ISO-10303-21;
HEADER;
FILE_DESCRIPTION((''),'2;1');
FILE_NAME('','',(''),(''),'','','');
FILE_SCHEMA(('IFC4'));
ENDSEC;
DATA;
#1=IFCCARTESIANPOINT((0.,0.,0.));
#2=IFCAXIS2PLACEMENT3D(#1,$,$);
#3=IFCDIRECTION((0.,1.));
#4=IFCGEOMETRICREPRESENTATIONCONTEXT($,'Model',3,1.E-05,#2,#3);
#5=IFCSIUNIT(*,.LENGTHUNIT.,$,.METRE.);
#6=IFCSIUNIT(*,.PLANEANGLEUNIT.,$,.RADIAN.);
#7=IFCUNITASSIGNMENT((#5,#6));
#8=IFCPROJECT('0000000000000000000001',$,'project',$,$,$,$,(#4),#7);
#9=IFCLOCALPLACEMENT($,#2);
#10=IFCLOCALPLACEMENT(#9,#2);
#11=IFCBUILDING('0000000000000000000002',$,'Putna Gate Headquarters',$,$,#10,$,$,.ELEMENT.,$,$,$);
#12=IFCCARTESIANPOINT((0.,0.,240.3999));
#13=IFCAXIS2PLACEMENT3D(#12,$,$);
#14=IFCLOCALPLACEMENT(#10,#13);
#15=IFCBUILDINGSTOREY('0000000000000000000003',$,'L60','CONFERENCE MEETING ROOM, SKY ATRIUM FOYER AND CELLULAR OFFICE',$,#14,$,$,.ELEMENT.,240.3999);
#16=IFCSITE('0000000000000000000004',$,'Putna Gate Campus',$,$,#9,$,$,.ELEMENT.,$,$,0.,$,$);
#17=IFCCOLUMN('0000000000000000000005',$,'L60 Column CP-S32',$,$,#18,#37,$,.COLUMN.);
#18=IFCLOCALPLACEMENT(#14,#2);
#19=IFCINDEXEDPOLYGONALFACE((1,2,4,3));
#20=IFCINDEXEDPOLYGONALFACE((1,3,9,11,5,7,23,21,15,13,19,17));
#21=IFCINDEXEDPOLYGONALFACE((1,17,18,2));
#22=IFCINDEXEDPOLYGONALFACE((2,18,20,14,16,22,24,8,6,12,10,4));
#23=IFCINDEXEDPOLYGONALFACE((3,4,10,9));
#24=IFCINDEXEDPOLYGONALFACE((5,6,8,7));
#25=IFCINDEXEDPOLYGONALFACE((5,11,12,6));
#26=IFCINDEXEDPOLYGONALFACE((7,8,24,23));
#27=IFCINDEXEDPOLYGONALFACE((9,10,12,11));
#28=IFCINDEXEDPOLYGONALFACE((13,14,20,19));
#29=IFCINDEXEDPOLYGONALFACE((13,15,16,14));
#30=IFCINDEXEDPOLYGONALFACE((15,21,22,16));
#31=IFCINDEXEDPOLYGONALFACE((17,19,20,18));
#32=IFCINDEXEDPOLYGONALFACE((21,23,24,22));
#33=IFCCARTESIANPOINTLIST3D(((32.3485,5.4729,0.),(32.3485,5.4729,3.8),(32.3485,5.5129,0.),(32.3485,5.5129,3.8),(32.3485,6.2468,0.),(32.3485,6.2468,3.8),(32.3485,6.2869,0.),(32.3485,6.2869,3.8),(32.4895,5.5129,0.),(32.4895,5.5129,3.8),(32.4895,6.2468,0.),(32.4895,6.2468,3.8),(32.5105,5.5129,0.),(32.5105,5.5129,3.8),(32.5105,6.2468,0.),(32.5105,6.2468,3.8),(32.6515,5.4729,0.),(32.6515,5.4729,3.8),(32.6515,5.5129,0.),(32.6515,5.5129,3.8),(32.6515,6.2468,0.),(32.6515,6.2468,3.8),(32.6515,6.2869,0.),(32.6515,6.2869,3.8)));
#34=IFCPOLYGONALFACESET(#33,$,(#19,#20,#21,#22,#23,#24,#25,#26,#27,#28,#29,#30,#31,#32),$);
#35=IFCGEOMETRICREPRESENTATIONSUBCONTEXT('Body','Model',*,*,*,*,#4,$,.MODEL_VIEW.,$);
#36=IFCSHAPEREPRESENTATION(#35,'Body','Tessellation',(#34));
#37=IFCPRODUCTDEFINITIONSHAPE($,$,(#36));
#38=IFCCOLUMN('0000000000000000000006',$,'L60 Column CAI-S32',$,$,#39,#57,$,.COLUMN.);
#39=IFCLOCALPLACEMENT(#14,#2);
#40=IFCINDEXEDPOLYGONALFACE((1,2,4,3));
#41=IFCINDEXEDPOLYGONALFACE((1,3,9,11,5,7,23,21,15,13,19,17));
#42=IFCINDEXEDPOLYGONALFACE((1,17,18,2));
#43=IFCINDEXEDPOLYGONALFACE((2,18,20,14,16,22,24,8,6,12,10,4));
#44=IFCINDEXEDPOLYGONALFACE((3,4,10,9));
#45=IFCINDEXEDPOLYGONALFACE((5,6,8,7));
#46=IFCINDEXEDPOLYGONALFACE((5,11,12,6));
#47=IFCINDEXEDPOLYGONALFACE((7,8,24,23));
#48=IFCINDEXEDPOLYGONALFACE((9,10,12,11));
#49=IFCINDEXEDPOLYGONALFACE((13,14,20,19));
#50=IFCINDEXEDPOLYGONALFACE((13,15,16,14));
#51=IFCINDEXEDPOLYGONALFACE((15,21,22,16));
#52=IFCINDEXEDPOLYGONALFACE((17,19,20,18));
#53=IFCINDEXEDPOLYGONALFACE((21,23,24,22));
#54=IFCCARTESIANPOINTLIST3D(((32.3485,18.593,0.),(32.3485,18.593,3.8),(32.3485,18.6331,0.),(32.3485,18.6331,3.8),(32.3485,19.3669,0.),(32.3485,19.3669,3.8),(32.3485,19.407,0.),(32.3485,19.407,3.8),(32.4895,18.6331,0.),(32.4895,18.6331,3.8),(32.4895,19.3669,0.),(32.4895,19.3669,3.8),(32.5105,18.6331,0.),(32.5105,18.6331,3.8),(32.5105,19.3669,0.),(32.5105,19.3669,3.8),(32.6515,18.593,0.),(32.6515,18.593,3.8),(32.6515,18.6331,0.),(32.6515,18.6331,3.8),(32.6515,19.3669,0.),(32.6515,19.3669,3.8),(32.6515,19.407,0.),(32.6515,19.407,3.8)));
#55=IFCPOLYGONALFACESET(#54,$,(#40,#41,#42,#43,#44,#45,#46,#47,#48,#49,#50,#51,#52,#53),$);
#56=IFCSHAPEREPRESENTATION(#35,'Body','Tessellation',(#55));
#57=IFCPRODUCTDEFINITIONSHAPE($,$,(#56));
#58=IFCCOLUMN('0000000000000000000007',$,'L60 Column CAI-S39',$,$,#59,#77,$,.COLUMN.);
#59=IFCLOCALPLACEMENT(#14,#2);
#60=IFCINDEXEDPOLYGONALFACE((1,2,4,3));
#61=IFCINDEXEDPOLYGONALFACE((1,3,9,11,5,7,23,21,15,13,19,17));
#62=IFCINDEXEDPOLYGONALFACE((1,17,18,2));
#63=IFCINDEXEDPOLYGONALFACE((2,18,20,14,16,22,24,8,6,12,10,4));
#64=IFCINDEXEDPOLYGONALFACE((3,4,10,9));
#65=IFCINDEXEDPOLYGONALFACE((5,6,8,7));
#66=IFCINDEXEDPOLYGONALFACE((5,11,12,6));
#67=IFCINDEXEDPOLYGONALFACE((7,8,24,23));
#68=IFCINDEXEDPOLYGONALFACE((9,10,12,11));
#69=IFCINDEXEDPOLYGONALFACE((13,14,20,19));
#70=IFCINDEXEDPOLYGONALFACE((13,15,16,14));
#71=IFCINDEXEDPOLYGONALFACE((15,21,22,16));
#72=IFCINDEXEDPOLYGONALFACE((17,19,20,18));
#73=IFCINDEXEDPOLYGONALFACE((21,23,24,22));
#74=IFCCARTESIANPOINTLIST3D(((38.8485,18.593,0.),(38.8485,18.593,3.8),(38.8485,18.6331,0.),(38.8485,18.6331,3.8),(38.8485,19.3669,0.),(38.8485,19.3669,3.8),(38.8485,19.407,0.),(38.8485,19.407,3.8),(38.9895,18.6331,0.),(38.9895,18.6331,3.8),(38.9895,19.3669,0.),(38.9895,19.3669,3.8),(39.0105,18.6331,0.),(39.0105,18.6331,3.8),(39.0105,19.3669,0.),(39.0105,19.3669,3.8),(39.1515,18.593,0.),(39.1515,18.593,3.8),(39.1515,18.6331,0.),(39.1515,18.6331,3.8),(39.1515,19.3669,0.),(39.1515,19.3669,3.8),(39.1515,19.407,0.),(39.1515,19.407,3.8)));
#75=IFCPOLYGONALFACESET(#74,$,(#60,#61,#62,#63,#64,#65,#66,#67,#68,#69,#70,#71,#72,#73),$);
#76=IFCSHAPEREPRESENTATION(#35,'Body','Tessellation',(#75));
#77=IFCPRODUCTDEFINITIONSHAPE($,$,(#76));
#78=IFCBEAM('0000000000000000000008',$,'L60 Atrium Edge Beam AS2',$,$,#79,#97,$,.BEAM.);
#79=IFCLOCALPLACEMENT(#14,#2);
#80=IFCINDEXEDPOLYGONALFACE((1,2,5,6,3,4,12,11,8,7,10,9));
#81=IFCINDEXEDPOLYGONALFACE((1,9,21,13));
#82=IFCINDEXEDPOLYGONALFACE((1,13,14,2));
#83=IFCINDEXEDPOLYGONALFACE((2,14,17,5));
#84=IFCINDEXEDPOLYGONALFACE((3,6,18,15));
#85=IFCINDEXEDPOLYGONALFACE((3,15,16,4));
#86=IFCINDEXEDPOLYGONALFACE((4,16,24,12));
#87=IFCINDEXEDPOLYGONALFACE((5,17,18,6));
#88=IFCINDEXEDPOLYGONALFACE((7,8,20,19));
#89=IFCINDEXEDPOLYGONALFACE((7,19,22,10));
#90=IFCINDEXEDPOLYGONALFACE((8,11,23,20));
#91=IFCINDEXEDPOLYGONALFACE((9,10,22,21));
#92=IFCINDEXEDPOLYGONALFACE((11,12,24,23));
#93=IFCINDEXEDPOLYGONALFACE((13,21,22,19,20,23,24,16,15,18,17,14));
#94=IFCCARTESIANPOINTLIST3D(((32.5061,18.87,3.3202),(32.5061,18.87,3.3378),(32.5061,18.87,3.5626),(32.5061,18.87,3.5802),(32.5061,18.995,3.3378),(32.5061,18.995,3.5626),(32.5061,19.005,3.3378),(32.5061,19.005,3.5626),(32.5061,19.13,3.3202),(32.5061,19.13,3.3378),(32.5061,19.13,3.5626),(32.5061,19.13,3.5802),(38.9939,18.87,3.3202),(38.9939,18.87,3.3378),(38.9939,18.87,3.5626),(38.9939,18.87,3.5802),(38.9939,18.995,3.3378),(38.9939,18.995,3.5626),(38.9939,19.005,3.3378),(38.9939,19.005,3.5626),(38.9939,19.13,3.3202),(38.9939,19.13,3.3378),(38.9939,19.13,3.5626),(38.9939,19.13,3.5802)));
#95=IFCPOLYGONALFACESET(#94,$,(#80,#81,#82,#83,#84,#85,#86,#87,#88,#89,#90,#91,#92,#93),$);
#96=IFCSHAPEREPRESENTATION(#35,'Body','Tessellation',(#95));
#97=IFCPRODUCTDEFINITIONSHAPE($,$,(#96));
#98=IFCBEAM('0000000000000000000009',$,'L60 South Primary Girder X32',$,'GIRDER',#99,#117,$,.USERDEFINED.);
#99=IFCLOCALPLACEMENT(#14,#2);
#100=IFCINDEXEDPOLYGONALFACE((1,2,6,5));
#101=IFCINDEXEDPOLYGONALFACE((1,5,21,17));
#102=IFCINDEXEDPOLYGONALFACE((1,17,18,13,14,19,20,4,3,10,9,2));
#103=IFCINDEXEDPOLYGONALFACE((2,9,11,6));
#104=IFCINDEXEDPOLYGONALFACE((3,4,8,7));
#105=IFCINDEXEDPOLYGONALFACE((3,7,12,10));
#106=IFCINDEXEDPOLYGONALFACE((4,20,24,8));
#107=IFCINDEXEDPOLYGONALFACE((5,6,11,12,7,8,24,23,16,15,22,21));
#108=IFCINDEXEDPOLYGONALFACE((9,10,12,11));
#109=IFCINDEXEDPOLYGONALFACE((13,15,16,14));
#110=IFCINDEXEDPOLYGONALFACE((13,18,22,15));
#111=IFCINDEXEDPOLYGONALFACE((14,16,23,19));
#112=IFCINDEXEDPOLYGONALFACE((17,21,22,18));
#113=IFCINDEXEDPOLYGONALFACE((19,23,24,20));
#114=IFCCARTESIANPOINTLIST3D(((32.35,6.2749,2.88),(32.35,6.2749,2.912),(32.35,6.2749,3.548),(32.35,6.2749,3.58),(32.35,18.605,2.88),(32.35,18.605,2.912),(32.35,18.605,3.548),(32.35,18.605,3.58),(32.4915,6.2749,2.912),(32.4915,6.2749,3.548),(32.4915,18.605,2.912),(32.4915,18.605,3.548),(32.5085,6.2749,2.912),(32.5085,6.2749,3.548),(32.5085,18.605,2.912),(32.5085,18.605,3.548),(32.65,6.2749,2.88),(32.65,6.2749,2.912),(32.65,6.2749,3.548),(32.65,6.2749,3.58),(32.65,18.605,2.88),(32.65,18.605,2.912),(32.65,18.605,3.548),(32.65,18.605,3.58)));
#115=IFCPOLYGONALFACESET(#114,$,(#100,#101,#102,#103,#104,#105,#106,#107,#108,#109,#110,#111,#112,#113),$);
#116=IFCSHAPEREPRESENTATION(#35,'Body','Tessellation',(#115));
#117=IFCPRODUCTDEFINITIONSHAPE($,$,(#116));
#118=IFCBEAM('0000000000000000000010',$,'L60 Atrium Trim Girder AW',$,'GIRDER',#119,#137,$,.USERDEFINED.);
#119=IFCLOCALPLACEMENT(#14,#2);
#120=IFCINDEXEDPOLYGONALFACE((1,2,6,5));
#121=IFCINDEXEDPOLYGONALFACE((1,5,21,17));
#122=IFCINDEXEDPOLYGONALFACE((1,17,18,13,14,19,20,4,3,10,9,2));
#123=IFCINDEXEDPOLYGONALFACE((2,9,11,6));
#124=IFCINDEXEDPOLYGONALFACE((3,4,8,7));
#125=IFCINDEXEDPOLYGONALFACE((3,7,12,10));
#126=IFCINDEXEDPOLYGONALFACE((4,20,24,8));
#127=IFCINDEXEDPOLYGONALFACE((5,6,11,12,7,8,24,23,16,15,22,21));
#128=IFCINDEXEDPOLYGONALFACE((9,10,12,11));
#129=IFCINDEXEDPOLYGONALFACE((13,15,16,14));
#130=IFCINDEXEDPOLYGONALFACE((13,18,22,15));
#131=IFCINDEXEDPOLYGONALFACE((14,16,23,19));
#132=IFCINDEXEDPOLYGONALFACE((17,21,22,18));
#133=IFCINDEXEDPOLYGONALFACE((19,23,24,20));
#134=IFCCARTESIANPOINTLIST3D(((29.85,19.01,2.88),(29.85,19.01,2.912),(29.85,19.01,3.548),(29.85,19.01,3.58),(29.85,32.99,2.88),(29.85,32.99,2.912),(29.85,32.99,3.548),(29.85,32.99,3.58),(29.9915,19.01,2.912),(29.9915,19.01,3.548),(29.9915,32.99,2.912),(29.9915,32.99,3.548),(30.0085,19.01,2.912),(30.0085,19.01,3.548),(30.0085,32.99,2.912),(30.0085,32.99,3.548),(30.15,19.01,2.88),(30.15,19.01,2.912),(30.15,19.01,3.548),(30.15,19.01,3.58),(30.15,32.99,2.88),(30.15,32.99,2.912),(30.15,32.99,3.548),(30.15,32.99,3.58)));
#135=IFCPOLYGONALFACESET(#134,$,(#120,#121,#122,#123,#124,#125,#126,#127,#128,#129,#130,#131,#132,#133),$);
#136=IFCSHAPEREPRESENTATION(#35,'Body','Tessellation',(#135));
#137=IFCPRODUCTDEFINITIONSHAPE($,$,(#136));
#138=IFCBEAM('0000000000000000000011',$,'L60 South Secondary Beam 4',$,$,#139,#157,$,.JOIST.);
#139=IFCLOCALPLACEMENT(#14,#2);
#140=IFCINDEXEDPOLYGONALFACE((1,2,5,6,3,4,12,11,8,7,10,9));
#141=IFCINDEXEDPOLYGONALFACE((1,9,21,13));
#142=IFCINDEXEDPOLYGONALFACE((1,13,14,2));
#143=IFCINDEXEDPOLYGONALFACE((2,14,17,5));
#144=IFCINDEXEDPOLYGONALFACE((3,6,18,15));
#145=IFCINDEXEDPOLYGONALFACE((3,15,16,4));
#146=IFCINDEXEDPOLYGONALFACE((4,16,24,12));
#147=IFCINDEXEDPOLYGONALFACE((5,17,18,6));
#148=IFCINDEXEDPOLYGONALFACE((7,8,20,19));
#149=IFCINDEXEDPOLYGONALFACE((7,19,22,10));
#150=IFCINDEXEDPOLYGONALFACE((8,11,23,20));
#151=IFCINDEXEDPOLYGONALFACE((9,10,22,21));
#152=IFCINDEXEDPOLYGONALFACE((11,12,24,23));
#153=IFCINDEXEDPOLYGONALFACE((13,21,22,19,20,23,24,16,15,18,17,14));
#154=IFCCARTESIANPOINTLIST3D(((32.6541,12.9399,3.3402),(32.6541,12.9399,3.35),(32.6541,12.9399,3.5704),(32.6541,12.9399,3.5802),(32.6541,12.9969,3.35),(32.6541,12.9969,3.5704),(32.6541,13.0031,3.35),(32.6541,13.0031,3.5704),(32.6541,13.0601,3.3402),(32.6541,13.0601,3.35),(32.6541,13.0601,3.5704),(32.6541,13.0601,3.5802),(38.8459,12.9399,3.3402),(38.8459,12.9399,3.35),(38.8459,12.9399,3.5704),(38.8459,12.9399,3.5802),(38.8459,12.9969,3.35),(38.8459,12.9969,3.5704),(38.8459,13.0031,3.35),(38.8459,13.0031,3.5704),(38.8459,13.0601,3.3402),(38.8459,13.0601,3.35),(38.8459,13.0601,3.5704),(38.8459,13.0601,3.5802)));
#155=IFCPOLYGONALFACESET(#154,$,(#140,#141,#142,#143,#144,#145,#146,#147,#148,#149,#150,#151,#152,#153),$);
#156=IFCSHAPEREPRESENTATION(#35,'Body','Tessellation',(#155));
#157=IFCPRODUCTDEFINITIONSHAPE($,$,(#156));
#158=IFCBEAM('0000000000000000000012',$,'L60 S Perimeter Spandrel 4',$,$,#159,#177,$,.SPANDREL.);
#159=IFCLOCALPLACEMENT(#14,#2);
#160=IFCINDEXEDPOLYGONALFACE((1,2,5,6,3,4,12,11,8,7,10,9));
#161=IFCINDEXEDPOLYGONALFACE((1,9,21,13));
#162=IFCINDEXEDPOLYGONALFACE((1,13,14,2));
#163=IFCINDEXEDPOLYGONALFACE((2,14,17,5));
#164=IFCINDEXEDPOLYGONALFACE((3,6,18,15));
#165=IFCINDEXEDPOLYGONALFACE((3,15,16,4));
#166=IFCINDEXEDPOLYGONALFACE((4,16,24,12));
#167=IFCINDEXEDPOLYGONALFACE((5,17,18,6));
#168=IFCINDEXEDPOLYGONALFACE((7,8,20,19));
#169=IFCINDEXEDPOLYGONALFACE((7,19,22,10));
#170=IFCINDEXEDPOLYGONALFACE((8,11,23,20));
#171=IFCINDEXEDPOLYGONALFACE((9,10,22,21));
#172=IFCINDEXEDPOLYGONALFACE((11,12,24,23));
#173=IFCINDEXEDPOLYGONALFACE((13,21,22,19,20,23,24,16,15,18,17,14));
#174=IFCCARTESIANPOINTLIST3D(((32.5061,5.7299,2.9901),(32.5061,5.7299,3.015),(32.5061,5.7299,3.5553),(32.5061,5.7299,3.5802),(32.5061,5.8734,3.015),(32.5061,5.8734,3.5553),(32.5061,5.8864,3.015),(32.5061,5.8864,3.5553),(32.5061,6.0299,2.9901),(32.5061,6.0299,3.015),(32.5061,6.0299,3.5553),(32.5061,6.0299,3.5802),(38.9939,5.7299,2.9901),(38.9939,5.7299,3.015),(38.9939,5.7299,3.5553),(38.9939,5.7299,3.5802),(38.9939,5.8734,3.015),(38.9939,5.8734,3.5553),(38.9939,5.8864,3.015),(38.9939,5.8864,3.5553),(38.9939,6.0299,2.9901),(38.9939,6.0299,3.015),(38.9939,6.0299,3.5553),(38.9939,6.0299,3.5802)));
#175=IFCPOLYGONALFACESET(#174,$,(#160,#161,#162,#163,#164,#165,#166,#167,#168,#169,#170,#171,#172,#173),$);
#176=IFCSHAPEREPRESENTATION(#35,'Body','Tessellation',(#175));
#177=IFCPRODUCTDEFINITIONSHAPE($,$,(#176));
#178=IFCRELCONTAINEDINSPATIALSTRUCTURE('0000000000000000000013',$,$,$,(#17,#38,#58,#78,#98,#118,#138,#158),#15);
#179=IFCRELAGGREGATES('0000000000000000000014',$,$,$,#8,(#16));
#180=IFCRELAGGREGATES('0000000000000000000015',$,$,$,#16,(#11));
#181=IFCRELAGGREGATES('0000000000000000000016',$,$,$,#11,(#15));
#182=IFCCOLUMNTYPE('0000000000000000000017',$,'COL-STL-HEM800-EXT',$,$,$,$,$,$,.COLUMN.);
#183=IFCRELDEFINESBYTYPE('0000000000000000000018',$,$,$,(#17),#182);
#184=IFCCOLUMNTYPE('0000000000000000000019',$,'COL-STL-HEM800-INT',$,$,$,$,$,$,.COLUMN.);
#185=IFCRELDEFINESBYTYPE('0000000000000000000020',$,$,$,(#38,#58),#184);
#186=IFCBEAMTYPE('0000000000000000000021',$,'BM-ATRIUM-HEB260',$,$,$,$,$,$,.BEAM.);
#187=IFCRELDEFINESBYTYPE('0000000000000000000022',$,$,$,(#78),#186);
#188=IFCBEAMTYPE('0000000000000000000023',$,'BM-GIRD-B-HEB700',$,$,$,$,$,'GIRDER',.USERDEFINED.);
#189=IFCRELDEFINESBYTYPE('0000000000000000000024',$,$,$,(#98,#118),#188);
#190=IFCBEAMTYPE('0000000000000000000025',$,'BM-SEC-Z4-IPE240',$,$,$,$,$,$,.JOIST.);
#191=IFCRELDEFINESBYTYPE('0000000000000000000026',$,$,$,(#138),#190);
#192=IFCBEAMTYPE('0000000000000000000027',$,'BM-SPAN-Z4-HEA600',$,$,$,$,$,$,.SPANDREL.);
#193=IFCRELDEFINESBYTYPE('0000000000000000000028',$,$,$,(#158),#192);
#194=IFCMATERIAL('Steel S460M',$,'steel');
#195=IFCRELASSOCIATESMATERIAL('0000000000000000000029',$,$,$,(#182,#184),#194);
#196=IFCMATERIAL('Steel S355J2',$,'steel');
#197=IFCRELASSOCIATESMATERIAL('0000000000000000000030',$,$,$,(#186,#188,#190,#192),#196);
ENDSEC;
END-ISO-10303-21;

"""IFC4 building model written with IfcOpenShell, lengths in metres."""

from ifc_helpers import new_model, si_unit, direction, frame, origin, origin_2d, place, context, subcontext, project, spatial, i_section, extrude, material, material_profile, profile_set, type_object, element, save


model = new_model("IFC4")

# Units and contexts
model_context = context("Model", 3, precision=1e-05, world=origin(), true_north=direction((0.0, 1.0)))
body_context = subcontext(model_context, "Body", "Model", "MODEL_VIEW")
ifc_project = project(units=[si_unit("LENGTHUNIT", "METRE"), si_unit("PLANEANGLEUNIT", "RADIAN")], contexts=[model_context])

# Site, building, storey
site_placement = place(None, origin())
site = spatial("IfcSite", under=ifc_project, at=site_placement, Name="Putna Gate Campus", CompositionType="ELEMENT", RefElevation=0.0)
building_placement = place(site_placement, origin())
building = spatial("IfcBuilding", under=site, at=building_placement, Name="Putna Gate Headquarters", CompositionType="ELEMENT")
storey_placement = place(building_placement, frame((0.0, 0.0, 240.3999)))
storey = spatial("IfcBuildingStorey", under=building, at=storey_placement, Name="L60", Description="CONFERENCE MEETING ROOM, SKY ATRIUM FOYER AND CELLULAR OFFICE", CompositionType="ELEMENT", Elevation=240.3999)

# Columns
ifc_material_1 = material(Name="Steel S460M", Category="steel")
ifc_material_profile_1 = material_profile(ifc_material_1, i_section(OverallWidth=0.303, OverallDepth=0.814, WebThickness=0.021, FlangeThickness=0.04, at=origin_2d()), Name="Steel S460M")
ifc_profile_set_1 = profile_set([ifc_material_profile_1], Name="Steel S460M")
column_type_1 = type_object("IfcColumnType", Name="COL-STL-HEM800-EXT", PredefinedType="COLUMN", material=ifc_profile_set_1)
column_placement = place(storey_placement, frame((32.5, 5.8799, 0.0), z_axis=(0.0, 0.0, 1.0), x_axis=(1.0, 0.0, 0.0)))
element("IfcColumn", 1, at=column_placement, inside=storey, type_object=column_type_1, Name="L60 Column CP-S32", PredefinedType="COLUMN", context=body_context, shape_type="SweptSolid", body=[
    extrude(i_section(OverallWidth=0.303, OverallDepth=0.814, WebThickness=0.021, FlangeThickness=0.04, at=origin_2d()), origin(), (0.0, 0.0, 1.0), 3.8),
])
ifc_material_profile_2 = material_profile(ifc_material_1, i_section(OverallWidth=0.303, OverallDepth=0.814, WebThickness=0.021, FlangeThickness=0.04, at=origin_2d()), Name="Steel S460M")
ifc_profile_set_2 = profile_set([ifc_material_profile_2], Name="Steel S460M")
column_type_2 = type_object("IfcColumnType", Name="COL-STL-HEM800-INT", PredefinedType="COLUMN", material=ifc_profile_set_2)
for number, where, z_axis, x_axis, name in (
    (2, (32.5, 19.0, 0.0), (0.0, 0.0, 1.0), (1.0, 0.0, 0.0), "L60 Column CAI-S32"),
    (3, (39.0, 19.0, 0.0), (0.0, 0.0, 1.0), (1.0, 0.0, 0.0), "L60 Column CAI-S39"),
):
    element("IfcColumn", number, at=place(storey_placement, frame(where, z_axis=z_axis, x_axis=x_axis)), inside=storey, type_object=column_type_2, Name=name, PredefinedType="COLUMN", context=body_context, shape_type="SweptSolid", body=[
        extrude(i_section(OverallWidth=0.303, OverallDepth=0.814, WebThickness=0.021, FlangeThickness=0.04, at=origin_2d()), origin(), (0.0, 0.0, 1.0), 3.8),
    ])

# Beams
ifc_material_2 = material(Name="Steel S355J2", Category="steel")
ifc_material_profile_3 = material_profile(ifc_material_2, i_section(OverallWidth=0.26, OverallDepth=0.26, WebThickness=0.01, FlangeThickness=0.0176, at=origin_2d()), Name="Steel S355J2")
ifc_profile_set_3 = profile_set([ifc_material_profile_3], Name="Steel S355J2")
beam_type_1 = type_object("IfcBeamType", Name="BM-ATRIUM-HEB260", PredefinedType="BEAM", material=ifc_profile_set_3)
beam_1_placement = place(storey_placement, frame((32.5061, 19.0, 3.4502), z_axis=(1.0, 0.0, 0.0), x_axis=(0.0, 1.0, 0.0)))
element("IfcBeam", 4, at=beam_1_placement, inside=storey, type_object=beam_type_1, Name="L60 Atrium Edge Beam AS2", PredefinedType="BEAM", context=body_context, shape_type="SweptSolid", body=[
    extrude(i_section(OverallWidth=0.26, OverallDepth=0.26, WebThickness=0.01, FlangeThickness=0.0176, at=origin_2d()), origin(), (0.0, 0.0, 1.0), 6.4878),
])
ifc_material_profile_4 = material_profile(ifc_material_2, i_section(OverallWidth=0.3, OverallDepth=0.7, WebThickness=0.0171, FlangeThickness=0.032, at=origin_2d()), Name="Steel S355J2")
ifc_profile_set_4 = profile_set([ifc_material_profile_4], Name="Steel S355J2")
beam_type_2 = type_object("IfcBeamType", Name="BM-GIRD-B-HEB700", ElementType="GIRDER", PredefinedType="USERDEFINED", material=ifc_profile_set_4)
beam_2_placement = place(storey_placement, frame((32.5, 6.2749, 3.23), z_axis=(0.0, 1.0, 0.0), x_axis=(-1.0, 0.0, 0.0)))
element("IfcBeam", 5, at=beam_2_placement, inside=storey, type_object=beam_type_2, Name="L60 South Primary Girder X32", ObjectType="GIRDER", PredefinedType="USERDEFINED", context=body_context, shape_type="SweptSolid", body=[
    extrude(i_section(OverallWidth=0.3, OverallDepth=0.7, WebThickness=0.0171, FlangeThickness=0.032, at=origin_2d()), origin(), (0.0, 0.0, 1.0), 12.3301),
])
beam_3_placement = place(storey_placement, frame((30.0, 19.01, 3.23), z_axis=(0.0, 1.0, 0.0), x_axis=(-1.0, 0.0, 0.0)))
element("IfcBeam", 6, at=beam_3_placement, inside=storey, type_object=beam_type_2, Name="L60 Atrium Trim Girder AW", ObjectType="GIRDER", PredefinedType="USERDEFINED", context=body_context, shape_type="SweptSolid", body=[
    extrude(i_section(OverallWidth=0.3, OverallDepth=0.7, WebThickness=0.0171, FlangeThickness=0.032, at=origin_2d()), origin(), (0.0, 0.0, 1.0), 13.98),
])
ifc_material_profile_5 = material_profile(ifc_material_2, i_section(OverallWidth=0.1201, OverallDepth=0.24, WebThickness=0.0061, FlangeThickness=0.0098, at=origin_2d()), Name="Steel S355J2")
ifc_profile_set_5 = profile_set([ifc_material_profile_5], Name="Steel S355J2")
beam_type_3 = type_object("IfcBeamType", Name="BM-SEC-Z4-IPE240", PredefinedType="JOIST", material=ifc_profile_set_5)
beam_4_placement = place(storey_placement, frame((32.6541, 13.0, 3.4602), z_axis=(1.0, 0.0, 0.0), x_axis=(0.0, 1.0, 0.0)))
element("IfcBeam", 7, at=beam_4_placement, inside=storey, type_object=beam_type_3, Name="L60 South Secondary Beam 4", PredefinedType="JOIST", context=body_context, shape_type="SweptSolid", body=[
    extrude(i_section(OverallWidth=0.1201, OverallDepth=0.24, WebThickness=0.0061, FlangeThickness=0.0098, at=origin_2d()), origin(), (0.0, 0.0, 1.0), 6.1919),
])
ifc_material_profile_6 = material_profile(ifc_material_2, i_section(OverallWidth=0.3, OverallDepth=0.5901, WebThickness=0.0129, FlangeThickness=0.0249, at=origin_2d()), Name="Steel S355J2")
ifc_profile_set_6 = profile_set([ifc_material_profile_6], Name="Steel S355J2")
beam_type_4 = type_object("IfcBeamType", Name="BM-SPAN-Z4-HEA600", PredefinedType="SPANDREL", material=ifc_profile_set_6)
beam_5_placement = place(storey_placement, frame((32.5061, 5.8799, 3.2852), z_axis=(1.0, 0.0, 0.0), x_axis=(0.0, 1.0, 0.0)))
element("IfcBeam", 8, at=beam_5_placement, inside=storey, type_object=beam_type_4, Name="L60 S Perimeter Spandrel 4", PredefinedType="SPANDREL", context=body_context, shape_type="SweptSolid", body=[
    extrude(i_section(OverallWidth=0.3, OverallDepth=0.5901, WebThickness=0.0129, FlangeThickness=0.0249, at=origin_2d()), origin(), (0.0, 0.0, 1.0), 6.4878),
])

save(model, "model.ifc")
